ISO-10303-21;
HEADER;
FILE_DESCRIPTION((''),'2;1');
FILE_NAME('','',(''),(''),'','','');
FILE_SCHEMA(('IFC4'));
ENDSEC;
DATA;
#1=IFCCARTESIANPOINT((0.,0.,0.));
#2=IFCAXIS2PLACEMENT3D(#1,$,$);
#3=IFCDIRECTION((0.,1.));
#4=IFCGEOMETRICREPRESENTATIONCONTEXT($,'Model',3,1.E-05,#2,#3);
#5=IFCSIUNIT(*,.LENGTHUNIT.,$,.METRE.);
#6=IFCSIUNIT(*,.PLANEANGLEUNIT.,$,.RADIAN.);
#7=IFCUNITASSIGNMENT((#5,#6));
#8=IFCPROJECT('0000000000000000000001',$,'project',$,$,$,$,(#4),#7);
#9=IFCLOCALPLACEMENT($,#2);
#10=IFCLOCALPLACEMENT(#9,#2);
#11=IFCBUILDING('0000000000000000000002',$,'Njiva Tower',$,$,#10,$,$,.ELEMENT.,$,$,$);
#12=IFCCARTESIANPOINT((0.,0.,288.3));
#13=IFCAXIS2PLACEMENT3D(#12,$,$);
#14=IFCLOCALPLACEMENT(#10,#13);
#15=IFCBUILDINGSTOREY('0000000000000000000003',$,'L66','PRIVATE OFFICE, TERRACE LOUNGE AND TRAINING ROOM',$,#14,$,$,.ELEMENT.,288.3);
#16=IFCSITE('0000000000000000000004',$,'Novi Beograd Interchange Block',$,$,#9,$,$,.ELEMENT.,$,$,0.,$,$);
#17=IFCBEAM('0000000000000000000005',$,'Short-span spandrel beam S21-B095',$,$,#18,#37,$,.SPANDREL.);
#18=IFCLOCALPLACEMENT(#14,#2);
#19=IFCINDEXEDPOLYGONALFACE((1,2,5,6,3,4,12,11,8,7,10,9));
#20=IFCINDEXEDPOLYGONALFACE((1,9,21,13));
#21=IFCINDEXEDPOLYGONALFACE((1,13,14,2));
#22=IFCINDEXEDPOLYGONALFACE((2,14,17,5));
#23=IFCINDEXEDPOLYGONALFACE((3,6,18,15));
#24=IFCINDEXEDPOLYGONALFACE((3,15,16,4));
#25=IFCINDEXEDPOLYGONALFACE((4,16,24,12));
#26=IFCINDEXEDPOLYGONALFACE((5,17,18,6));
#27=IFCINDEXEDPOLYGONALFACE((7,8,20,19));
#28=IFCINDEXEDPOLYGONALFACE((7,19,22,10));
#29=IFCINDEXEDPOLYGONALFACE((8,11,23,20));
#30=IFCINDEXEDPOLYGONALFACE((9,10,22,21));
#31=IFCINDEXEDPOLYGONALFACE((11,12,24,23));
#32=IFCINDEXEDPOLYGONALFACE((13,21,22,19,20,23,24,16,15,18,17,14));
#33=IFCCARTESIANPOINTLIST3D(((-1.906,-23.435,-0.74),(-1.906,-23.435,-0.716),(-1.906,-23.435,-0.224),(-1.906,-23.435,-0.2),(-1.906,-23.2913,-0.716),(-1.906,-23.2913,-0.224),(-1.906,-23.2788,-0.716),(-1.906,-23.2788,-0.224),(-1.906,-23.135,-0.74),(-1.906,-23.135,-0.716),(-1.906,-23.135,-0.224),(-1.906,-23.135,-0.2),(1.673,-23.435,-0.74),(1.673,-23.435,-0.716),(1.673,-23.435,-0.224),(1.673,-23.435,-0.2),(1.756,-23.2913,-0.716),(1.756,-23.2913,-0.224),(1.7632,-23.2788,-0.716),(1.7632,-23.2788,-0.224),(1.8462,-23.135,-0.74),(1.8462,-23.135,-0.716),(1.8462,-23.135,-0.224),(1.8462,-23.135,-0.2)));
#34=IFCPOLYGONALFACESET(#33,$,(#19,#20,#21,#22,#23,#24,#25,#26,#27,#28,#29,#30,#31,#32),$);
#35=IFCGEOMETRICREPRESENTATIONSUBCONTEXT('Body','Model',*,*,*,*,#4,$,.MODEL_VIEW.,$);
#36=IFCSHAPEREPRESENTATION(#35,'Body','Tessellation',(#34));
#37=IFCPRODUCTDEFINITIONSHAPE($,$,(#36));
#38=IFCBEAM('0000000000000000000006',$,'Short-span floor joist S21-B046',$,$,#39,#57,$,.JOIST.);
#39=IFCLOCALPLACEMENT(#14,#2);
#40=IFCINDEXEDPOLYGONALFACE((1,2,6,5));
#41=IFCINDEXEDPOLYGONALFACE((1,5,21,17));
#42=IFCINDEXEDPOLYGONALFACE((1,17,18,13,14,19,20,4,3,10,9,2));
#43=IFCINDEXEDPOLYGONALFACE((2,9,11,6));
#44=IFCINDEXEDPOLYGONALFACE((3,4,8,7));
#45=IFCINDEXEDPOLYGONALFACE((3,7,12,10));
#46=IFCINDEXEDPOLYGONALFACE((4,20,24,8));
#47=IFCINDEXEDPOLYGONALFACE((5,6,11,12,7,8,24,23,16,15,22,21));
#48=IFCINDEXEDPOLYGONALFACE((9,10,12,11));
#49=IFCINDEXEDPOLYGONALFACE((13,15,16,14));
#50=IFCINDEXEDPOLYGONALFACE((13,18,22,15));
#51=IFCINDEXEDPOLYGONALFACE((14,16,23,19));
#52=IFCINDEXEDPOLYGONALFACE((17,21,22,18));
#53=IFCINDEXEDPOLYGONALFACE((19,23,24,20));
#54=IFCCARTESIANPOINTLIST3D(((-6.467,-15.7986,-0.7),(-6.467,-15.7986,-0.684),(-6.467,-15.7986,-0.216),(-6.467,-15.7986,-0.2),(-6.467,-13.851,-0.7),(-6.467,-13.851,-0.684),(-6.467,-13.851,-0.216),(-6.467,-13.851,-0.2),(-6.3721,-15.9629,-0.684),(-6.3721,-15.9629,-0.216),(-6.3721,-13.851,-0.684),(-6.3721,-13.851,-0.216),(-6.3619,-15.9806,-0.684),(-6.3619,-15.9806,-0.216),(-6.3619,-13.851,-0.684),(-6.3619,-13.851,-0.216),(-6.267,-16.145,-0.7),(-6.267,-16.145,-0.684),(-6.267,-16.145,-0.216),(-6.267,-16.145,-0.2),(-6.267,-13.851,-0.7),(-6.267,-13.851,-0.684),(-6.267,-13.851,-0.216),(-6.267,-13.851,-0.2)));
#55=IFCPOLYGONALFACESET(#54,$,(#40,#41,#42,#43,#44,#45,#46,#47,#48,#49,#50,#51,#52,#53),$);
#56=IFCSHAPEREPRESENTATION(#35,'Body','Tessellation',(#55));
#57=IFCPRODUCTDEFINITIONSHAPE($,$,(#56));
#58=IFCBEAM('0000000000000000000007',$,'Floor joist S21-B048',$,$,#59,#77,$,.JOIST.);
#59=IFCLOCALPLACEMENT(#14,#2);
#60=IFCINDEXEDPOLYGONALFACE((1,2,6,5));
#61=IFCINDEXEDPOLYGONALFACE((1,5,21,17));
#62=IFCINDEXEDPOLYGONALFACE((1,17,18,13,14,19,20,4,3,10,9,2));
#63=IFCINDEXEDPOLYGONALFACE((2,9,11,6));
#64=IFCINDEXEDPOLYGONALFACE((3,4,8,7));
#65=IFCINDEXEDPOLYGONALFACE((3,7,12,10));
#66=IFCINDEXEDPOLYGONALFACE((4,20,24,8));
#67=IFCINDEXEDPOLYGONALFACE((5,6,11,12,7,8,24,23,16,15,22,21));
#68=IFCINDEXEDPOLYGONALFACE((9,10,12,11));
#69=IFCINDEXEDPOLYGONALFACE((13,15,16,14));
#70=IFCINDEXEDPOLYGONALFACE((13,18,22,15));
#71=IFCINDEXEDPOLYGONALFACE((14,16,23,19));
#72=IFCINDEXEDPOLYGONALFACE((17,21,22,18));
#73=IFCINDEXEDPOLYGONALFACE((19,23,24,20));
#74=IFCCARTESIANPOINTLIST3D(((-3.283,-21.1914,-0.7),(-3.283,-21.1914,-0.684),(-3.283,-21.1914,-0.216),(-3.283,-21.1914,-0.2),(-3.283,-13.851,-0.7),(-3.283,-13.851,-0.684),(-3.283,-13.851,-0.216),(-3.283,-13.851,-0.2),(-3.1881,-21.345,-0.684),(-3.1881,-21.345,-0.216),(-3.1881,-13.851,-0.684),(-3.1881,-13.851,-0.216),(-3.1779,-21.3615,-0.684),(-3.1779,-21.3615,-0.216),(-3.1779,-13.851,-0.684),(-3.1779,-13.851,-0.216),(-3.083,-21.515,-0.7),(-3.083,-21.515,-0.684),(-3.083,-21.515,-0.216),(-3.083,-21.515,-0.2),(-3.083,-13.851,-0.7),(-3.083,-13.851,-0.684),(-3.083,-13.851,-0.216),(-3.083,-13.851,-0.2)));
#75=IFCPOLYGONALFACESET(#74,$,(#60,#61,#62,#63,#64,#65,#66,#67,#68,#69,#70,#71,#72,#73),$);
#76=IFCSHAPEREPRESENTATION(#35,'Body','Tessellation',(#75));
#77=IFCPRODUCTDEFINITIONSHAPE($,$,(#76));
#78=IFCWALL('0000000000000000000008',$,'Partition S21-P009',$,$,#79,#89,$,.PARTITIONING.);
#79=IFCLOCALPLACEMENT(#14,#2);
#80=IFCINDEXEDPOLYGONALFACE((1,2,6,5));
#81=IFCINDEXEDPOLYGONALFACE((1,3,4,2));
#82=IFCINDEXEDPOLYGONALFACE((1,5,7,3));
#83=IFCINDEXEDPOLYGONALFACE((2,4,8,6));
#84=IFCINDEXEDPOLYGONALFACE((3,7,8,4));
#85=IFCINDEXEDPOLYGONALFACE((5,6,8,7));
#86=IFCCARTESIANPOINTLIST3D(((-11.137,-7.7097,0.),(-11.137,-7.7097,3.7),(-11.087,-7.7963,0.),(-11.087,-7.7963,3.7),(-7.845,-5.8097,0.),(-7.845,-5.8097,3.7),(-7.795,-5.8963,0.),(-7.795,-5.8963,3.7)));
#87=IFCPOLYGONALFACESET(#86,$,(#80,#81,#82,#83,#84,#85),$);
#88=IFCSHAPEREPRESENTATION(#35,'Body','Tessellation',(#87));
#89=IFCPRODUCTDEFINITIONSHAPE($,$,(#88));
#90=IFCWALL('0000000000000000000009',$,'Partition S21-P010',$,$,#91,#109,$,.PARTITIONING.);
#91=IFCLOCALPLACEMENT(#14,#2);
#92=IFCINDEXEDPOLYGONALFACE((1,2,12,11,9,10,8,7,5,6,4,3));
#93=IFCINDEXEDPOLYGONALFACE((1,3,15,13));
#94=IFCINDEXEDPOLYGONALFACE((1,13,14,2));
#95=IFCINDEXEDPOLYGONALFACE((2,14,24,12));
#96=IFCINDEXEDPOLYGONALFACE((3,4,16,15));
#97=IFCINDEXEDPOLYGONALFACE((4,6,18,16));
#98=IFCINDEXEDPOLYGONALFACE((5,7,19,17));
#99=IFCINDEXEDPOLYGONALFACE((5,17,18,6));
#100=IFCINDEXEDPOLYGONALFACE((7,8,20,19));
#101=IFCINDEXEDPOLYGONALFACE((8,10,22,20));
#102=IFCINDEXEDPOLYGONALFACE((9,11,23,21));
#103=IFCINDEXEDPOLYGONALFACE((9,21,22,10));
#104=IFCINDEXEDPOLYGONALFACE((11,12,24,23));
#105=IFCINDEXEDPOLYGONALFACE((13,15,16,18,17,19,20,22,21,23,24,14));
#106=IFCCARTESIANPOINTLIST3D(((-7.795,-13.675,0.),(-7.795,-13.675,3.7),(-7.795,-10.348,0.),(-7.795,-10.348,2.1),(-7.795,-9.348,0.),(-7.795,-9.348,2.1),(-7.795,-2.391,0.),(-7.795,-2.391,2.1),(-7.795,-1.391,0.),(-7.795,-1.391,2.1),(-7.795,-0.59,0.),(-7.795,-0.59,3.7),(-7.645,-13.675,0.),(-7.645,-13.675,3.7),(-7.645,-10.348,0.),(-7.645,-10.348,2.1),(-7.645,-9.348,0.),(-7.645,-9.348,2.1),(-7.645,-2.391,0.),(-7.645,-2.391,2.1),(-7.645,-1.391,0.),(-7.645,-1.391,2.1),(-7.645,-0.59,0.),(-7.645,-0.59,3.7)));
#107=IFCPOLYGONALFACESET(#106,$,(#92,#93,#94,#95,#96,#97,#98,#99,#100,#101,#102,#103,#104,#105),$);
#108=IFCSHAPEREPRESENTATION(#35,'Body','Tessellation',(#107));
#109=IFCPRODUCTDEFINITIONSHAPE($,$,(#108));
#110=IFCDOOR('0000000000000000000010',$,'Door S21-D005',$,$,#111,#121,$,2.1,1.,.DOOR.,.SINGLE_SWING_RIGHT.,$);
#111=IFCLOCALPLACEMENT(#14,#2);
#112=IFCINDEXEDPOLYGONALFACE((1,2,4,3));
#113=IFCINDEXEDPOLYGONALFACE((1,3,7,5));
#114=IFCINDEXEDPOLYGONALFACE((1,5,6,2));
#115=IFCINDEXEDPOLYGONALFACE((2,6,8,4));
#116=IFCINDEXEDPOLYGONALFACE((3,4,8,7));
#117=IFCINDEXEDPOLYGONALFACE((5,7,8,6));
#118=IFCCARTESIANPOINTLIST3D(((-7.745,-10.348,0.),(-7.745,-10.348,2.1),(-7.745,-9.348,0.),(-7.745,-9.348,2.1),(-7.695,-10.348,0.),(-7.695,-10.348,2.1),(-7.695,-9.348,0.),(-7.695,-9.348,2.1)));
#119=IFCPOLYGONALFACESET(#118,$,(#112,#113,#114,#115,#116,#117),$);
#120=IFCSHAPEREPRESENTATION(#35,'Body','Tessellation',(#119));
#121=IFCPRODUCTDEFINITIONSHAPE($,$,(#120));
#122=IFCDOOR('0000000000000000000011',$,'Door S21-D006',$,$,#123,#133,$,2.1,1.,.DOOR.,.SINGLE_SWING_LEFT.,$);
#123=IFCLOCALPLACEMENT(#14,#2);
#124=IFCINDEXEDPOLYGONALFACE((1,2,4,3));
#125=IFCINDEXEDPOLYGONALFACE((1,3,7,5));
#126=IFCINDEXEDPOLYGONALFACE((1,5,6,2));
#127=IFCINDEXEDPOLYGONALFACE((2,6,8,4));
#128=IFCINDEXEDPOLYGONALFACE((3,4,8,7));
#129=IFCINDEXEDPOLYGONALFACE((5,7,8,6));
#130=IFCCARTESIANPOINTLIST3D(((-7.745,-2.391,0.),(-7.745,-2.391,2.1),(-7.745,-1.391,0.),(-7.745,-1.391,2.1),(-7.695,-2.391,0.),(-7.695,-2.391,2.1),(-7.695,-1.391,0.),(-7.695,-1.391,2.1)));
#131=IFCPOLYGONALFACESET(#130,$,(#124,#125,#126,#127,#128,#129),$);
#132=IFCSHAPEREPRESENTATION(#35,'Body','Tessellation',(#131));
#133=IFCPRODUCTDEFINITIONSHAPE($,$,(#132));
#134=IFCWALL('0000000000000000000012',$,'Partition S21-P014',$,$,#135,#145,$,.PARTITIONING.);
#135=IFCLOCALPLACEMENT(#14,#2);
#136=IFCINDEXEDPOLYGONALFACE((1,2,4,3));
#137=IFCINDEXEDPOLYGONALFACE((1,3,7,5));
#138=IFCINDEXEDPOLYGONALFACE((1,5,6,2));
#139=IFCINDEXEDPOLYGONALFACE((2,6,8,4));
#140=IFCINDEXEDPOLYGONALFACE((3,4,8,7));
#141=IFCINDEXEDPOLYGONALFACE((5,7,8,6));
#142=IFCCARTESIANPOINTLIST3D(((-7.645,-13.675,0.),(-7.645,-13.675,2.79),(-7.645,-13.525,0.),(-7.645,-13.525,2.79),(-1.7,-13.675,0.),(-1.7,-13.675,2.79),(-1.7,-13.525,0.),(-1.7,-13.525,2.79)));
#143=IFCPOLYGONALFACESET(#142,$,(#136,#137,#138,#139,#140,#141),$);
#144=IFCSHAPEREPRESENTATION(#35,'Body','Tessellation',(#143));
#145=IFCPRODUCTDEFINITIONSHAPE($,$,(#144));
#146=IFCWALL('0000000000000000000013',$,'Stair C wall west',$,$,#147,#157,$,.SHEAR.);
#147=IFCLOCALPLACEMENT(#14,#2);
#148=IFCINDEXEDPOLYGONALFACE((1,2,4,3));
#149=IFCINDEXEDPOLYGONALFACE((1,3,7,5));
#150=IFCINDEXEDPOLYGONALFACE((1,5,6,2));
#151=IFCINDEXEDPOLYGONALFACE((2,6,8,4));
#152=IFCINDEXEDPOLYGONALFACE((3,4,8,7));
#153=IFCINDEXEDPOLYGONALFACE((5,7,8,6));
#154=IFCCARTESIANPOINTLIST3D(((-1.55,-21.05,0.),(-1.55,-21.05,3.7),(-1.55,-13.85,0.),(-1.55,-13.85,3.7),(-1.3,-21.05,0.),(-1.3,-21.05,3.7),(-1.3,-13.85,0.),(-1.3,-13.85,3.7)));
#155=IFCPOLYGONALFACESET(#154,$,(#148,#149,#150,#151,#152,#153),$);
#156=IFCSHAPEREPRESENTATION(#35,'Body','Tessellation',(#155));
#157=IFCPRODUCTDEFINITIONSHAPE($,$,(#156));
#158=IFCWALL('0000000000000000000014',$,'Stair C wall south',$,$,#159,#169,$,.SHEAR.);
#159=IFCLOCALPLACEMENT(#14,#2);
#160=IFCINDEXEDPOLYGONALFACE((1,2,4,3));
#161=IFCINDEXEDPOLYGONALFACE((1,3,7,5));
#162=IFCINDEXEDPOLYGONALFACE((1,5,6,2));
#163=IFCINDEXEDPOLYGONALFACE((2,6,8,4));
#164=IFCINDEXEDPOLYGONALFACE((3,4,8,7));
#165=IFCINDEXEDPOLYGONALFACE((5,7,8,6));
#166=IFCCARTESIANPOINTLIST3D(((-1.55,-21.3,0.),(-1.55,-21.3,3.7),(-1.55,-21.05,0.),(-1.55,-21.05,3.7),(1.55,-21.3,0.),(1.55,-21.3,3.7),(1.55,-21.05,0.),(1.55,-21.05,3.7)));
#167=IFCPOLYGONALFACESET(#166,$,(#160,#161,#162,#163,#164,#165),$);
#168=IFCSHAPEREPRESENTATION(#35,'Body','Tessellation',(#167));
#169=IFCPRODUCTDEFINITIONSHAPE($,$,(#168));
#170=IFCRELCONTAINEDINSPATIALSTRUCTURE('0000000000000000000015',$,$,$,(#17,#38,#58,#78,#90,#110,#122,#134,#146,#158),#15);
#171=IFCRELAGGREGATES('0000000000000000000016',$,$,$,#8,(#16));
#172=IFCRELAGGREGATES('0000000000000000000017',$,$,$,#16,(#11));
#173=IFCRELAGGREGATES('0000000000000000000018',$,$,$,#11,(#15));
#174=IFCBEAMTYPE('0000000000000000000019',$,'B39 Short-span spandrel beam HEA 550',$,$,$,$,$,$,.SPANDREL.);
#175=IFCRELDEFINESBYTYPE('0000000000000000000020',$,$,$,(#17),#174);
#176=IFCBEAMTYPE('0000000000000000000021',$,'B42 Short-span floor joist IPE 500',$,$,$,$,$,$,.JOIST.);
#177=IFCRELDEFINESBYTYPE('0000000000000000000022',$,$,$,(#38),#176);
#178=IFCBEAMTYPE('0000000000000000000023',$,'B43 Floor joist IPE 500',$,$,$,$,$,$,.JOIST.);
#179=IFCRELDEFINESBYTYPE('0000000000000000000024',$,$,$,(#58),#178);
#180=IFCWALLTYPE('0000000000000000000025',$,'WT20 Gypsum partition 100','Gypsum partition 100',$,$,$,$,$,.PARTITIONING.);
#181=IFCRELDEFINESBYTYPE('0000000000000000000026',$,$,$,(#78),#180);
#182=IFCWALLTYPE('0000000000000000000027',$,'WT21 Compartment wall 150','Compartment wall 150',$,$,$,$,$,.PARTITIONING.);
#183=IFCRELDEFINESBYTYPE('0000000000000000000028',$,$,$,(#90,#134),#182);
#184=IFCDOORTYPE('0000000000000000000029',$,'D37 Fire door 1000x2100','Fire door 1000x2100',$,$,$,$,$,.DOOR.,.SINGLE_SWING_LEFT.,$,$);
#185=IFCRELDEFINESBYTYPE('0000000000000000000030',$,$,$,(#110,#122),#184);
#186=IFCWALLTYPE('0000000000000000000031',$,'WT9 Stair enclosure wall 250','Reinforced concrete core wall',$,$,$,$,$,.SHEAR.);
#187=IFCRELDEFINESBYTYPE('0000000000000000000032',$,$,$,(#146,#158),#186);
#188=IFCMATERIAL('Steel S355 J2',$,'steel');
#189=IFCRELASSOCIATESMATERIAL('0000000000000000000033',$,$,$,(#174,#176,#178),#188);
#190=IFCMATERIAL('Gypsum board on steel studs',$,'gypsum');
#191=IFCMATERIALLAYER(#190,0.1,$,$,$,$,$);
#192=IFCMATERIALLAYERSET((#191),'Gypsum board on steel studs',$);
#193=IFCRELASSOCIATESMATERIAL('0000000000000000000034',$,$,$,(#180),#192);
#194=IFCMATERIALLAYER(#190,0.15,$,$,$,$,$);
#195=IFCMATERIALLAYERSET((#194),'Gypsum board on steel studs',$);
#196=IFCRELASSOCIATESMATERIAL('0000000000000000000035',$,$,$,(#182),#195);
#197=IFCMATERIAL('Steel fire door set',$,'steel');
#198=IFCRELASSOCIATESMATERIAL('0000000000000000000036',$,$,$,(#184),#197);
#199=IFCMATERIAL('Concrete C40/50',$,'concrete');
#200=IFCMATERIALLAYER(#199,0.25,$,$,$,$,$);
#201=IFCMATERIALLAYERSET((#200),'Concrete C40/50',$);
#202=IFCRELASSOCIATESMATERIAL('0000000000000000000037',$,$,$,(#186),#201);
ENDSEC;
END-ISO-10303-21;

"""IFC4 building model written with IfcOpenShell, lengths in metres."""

from ifc_helpers import new_model, si_unit, direction, frame, frame_2d, origin, origin_2d, place, context, subcontext, project, spatial, rectangle, i_section, extrude, clip, halfspace, material, layer, layer_set, material_profile, profile_set, type_object, element, fill, save


model = new_model("IFC4")

# Units and contexts
model_context = context("Model", 3, precision=1e-05, world=origin(), true_north=direction((0.0, 1.0)))
body_context = subcontext(model_context, "Body", "Model", "MODEL_VIEW")
ifc_project = project(units=[si_unit("LENGTHUNIT", "METRE"), si_unit("PLANEANGLEUNIT", "RADIAN")], contexts=[model_context])

# Site, building, storey
site_placement = place(None, origin())
site = spatial("IfcSite", under=ifc_project, at=site_placement, Name="Novi Beograd Interchange Block", CompositionType="ELEMENT", RefElevation=0.0)
building_placement = place(site_placement, origin())
building = spatial("IfcBuilding", under=site, at=building_placement, Name="Njiva Tower", CompositionType="ELEMENT")
storey_placement = place(building_placement, frame((0.0, 0.0, 288.3)))
storey = spatial("IfcBuildingStorey", under=building, at=storey_placement, Name="L66", Description="PRIVATE OFFICE, TERRACE LOUNGE AND TRAINING ROOM", CompositionType="ELEMENT", Elevation=288.3)

# Shared definitions
ifc_material_1 = material(Name="Steel S355 J2", Category="steel")

# Beams
ifc_material_profile_1 = material_profile(ifc_material_1, i_section(OverallWidth=0.3, OverallDepth=0.54, WebThickness=0.0125, FlangeThickness=0.024, at=origin_2d()), Name="HEA 550")
ifc_profile_set_1 = profile_set([ifc_material_profile_1], Name="Steel S355 J2")
beam_type_1 = type_object("IfcBeamType", Name="B39 Short-span spandrel beam HEA 550", PredefinedType="SPANDREL", material=ifc_profile_set_1)
beam_1_placement = place(storey_placement, frame((-1.906, -23.285, -0.47), z_axis=(1.0, 0.0, 0.0), x_axis=(0.0, 1.0, 0.0)))
element("IfcBeam", 1, at=beam_1_placement, inside=storey, type_object=beam_type_1, Name="Short-span spandrel beam S21-B095", PredefinedType="SPANDREL", context=body_context, shape_type="Clipping", body=[
    clip(extrude(i_section(OverallWidth=0.3, OverallDepth=0.54, WebThickness=0.0125, FlangeThickness=0.024, at=origin_2d()), origin(), (0.0, 0.0, 1.0), 3.772), halfspace(frame((-0.0253, 0.0, 3.651), z_axis=(-0.499998, 0.0, 0.866027), x_axis=(0.0, 1.0, 0.0)), False)),
])
ifc_material_profile_2 = material_profile(ifc_material_1, i_section(OverallWidth=0.2, OverallDepth=0.5, WebThickness=0.0102, FlangeThickness=0.016, at=origin_2d()), Name="IPE 500")
ifc_profile_set_2 = profile_set([ifc_material_profile_2], Name="Steel S355 J2")
beam_type_2 = type_object("IfcBeamType", Name="B42 Short-span floor joist IPE 500", PredefinedType="JOIST", material=ifc_profile_set_2)
beam_2_placement = place(storey_placement, frame((-6.367, -13.851, -0.45), z_axis=(0.0, -1.0, 0.0), x_axis=(1.0, 0.0, 0.0)))
element("IfcBeam", 2, at=beam_2_placement, inside=storey, type_object=beam_type_2, Name="Short-span floor joist S21-B046", PredefinedType="JOIST", context=body_context, shape_type="Clipping", body=[
    clip(extrude(i_section(OverallWidth=0.2, OverallDepth=0.5, WebThickness=0.0102, FlangeThickness=0.016, at=origin_2d()), origin(), (0.0, 0.0, 1.0), 2.314), halfspace(frame((-0.043, 0.0, 2.0463), z_axis=(-0.866027, 0.0, 0.499998), x_axis=(0.0, 1.0, 0.0)), False)),
])
ifc_material_profile_3 = material_profile(ifc_material_1, i_section(OverallWidth=0.2, OverallDepth=0.5, WebThickness=0.0102, FlangeThickness=0.016, at=origin_2d()), Name="IPE 500")
ifc_profile_set_3 = profile_set([ifc_material_profile_3], Name="Steel S355 J2")
beam_type_3 = type_object("IfcBeamType", Name="B43 Floor joist IPE 500", PredefinedType="JOIST", material=ifc_profile_set_3)
beam_3_placement = place(storey_placement, frame((-3.183, -13.851, -0.45), z_axis=(0.0, -1.0, 0.0), x_axis=(1.0, 0.0, 0.0)))
element("IfcBeam", 3, at=beam_3_placement, inside=storey, type_object=beam_type_3, Name="Floor joist S21-B048", PredefinedType="JOIST", context=body_context, shape_type="Clipping", body=[
    clip(extrude(i_section(OverallWidth=0.2, OverallDepth=0.5, WebThickness=0.0102, FlangeThickness=0.016, at=origin_2d()), origin(), (0.0, 0.0, 1.0), 7.684), halfspace(frame((-0.0429, 0.0, 7.4328), z_axis=(-0.85062, 0.0, 0.52578), x_axis=(0.0, 1.0, 0.0)), False)),
])

# Wall
ifc_material_2 = material(Name="Gypsum board on steel studs", Category="gypsum")
ifc_layer_1 = layer(ifc_material_2, 0.1)
ifc_layer_set_1 = layer_set([ifc_layer_1], Name="Gypsum board on steel studs")
wall_type_1 = type_object("IfcWallType", Name="WT20 Gypsum partition 100", Description="Gypsum partition 100", PredefinedType="PARTITIONING", material=ifc_layer_set_1)
wall_1_placement = place(storey_placement, frame((-11.112, -7.753, 0.0), z_axis=(0.0, 0.0, 1.0), x_axis=(0.866098, 0.499874, 0.0)))
element("IfcWall", 4, at=wall_1_placement, inside=storey, type_object=wall_type_1, Name="Partition S21-P009", PredefinedType="PARTITIONING", context=body_context, shape_type="SweptSolid", body=[
    extrude(rectangle(XDim=3.801, YDim=0.1, at=frame_2d((1.9005, 0.0))), origin(), (0.0, 0.0, 1.0), 3.7),
])

# Wall, openings, doors
ifc_layer_2 = layer(ifc_material_2, 0.15)
ifc_layer_set_2 = layer_set([ifc_layer_2], Name="Gypsum board on steel studs")
wall_type_2 = type_object("IfcWallType", Name="WT21 Compartment wall 150", Description="Compartment wall 150", PredefinedType="PARTITIONING", material=ifc_layer_set_2)
wall_2_placement = place(storey_placement, frame((-7.72, -13.675, 0.0), z_axis=(0.0, 0.0, 1.0), x_axis=(0.0, 1.0, 0.0)))
wall_2 = element("IfcWall", 5, at=wall_2_placement, inside=storey, type_object=wall_type_2, Name="Partition S21-P010", PredefinedType="PARTITIONING", context=body_context, shape_type="SweptSolid", body=[
    extrude(rectangle(XDim=13.085, YDim=0.15, at=frame_2d((6.5425, 0.0))), origin(), (0.0, 0.0, 1.0), 3.7),
])
opening_1_placement = place(wall_2_placement, frame((3.327, 0.0, 0.0)))
opening_1 = element("IfcOpeningElement", 6, at=opening_1_placement, cuts=wall_2, PredefinedType="OPENING", context=body_context, shape_type="SweptSolid", body=[
    extrude(rectangle(XDim=1.0, YDim=2.1, at=frame_2d((0.5, 1.05))), frame((0.0, 0.085, 0.0), z_axis=(0.0, -1.0, 0.0), x_axis=(1.0, 0.0, 0.0)), (0.0, 0.0, 1.0), 0.17),
])
opening_2_placement = place(wall_2_placement, frame((11.284, 0.0, 0.0)))
opening_2 = element("IfcOpeningElement", 7, at=opening_2_placement, cuts=wall_2, PredefinedType="OPENING", context=body_context, shape_type="SweptSolid", body=[
    extrude(rectangle(XDim=1.0, YDim=2.1, at=frame_2d((0.5, 1.05))), frame((0.0, 0.085, 0.0), z_axis=(0.0, -1.0, 0.0), x_axis=(1.0, 0.0, 0.0)), (0.0, 0.0, 1.0), 0.17),
])
ifc_material_3 = material(Name="Steel fire door set", Category="steel")
door_type = type_object("IfcDoorType", Name="D37 Fire door 1000x2100", Description="Fire door 1000x2100", OperationType="SINGLE_SWING_LEFT", PredefinedType="DOOR", material=ifc_material_3)
door_1_placement = place(opening_1_placement, origin())
door_1 = element("IfcDoor", 8, at=door_1_placement, inside=storey, type_object=door_type, Name="Door S21-D005", OperationType="SINGLE_SWING_RIGHT", OverallHeight=2.1, OverallWidth=1.0, PredefinedType="DOOR", context=body_context, shape_type="SweptSolid", body=[
    extrude(rectangle(XDim=1.0, YDim=2.1, at=frame_2d((0.5, 1.05))), frame((0.0, 0.025, 0.0), z_axis=(0.0, -1.0, 0.0), x_axis=(1.0, 0.0, 0.0)), (0.0, 0.0, 1.0), 0.05),
])
fill(opening_1, door_1)
door_2_placement = place(opening_2_placement, origin())
door_2 = element("IfcDoor", 9, at=door_2_placement, inside=storey, type_object=door_type, Name="Door S21-D006", OperationType="SINGLE_SWING_LEFT", OverallHeight=2.1, OverallWidth=1.0, PredefinedType="DOOR", context=body_context, shape_type="SweptSolid", body=[
    extrude(rectangle(XDim=1.0, YDim=2.1, at=frame_2d((0.5, 1.05))), frame((0.0, 0.025, 0.0), z_axis=(0.0, -1.0, 0.0), x_axis=(1.0, 0.0, 0.0)), (0.0, 0.0, 1.0), 0.05),
])
fill(opening_2, door_2)

# Walls
wall_3_placement = place(storey_placement, frame((-7.645, -13.6, 0.0), z_axis=(0.0, 0.0, 1.0), x_axis=(1.0, 0.0, 0.0)))
element("IfcWall", 10, at=wall_3_placement, inside=storey, type_object=wall_type_2, Name="Partition S21-P014", PredefinedType="PARTITIONING", context=body_context, shape_type="SweptSolid", body=[
    extrude(rectangle(XDim=5.945, YDim=0.15, at=frame_2d((2.9725, 0.0))), origin(), (0.0, 0.0, 1.0), 2.79),
])
ifc_material_4 = material(Name="Concrete C40/50", Category="concrete")
ifc_layer_3 = layer(ifc_material_4, 0.25)
ifc_layer_set_3 = layer_set([ifc_layer_3], Name="Concrete C40/50")
wall_type_3 = type_object("IfcWallType", Name="WT9 Stair enclosure wall 250", Description="Reinforced concrete core wall", PredefinedType="SHEAR", material=ifc_layer_set_3)
wall_4_placement = place(storey_placement, frame((-1.425, -21.05, 0.0), z_axis=(0.0, 0.0, 1.0), x_axis=(0.0, 1.0, 0.0)))
element("IfcWall", 11, at=wall_4_placement, inside=storey, type_object=wall_type_3, Name="Stair C wall west", PredefinedType="SHEAR", context=body_context, shape_type="SweptSolid", body=[
    extrude(rectangle(XDim=7.2, YDim=0.25, at=frame_2d((3.6, 0.0))), origin(), (0.0, 0.0, 1.0), 3.7),
])
for number, where, z_axis, x_axis, name in (
    (12, (-1.55, -21.175, 0.0), (0.0, 0.0, 1.0), (1.0, 0.0, 0.0), "Stair C wall south"),
):
    element("IfcWall", number, at=place(storey_placement, frame(where, z_axis=z_axis, x_axis=x_axis)), inside=storey, type_object=wall_type_3, Name=name, PredefinedType="SHEAR", context=body_context, shape_type="SweptSolid", body=[
        extrude(rectangle(XDim=3.1, YDim=0.25, at=frame_2d((1.55, 0.0))), origin(), (0.0, 0.0, 1.0), 3.7),
    ])

save(model, "model.ifc")
